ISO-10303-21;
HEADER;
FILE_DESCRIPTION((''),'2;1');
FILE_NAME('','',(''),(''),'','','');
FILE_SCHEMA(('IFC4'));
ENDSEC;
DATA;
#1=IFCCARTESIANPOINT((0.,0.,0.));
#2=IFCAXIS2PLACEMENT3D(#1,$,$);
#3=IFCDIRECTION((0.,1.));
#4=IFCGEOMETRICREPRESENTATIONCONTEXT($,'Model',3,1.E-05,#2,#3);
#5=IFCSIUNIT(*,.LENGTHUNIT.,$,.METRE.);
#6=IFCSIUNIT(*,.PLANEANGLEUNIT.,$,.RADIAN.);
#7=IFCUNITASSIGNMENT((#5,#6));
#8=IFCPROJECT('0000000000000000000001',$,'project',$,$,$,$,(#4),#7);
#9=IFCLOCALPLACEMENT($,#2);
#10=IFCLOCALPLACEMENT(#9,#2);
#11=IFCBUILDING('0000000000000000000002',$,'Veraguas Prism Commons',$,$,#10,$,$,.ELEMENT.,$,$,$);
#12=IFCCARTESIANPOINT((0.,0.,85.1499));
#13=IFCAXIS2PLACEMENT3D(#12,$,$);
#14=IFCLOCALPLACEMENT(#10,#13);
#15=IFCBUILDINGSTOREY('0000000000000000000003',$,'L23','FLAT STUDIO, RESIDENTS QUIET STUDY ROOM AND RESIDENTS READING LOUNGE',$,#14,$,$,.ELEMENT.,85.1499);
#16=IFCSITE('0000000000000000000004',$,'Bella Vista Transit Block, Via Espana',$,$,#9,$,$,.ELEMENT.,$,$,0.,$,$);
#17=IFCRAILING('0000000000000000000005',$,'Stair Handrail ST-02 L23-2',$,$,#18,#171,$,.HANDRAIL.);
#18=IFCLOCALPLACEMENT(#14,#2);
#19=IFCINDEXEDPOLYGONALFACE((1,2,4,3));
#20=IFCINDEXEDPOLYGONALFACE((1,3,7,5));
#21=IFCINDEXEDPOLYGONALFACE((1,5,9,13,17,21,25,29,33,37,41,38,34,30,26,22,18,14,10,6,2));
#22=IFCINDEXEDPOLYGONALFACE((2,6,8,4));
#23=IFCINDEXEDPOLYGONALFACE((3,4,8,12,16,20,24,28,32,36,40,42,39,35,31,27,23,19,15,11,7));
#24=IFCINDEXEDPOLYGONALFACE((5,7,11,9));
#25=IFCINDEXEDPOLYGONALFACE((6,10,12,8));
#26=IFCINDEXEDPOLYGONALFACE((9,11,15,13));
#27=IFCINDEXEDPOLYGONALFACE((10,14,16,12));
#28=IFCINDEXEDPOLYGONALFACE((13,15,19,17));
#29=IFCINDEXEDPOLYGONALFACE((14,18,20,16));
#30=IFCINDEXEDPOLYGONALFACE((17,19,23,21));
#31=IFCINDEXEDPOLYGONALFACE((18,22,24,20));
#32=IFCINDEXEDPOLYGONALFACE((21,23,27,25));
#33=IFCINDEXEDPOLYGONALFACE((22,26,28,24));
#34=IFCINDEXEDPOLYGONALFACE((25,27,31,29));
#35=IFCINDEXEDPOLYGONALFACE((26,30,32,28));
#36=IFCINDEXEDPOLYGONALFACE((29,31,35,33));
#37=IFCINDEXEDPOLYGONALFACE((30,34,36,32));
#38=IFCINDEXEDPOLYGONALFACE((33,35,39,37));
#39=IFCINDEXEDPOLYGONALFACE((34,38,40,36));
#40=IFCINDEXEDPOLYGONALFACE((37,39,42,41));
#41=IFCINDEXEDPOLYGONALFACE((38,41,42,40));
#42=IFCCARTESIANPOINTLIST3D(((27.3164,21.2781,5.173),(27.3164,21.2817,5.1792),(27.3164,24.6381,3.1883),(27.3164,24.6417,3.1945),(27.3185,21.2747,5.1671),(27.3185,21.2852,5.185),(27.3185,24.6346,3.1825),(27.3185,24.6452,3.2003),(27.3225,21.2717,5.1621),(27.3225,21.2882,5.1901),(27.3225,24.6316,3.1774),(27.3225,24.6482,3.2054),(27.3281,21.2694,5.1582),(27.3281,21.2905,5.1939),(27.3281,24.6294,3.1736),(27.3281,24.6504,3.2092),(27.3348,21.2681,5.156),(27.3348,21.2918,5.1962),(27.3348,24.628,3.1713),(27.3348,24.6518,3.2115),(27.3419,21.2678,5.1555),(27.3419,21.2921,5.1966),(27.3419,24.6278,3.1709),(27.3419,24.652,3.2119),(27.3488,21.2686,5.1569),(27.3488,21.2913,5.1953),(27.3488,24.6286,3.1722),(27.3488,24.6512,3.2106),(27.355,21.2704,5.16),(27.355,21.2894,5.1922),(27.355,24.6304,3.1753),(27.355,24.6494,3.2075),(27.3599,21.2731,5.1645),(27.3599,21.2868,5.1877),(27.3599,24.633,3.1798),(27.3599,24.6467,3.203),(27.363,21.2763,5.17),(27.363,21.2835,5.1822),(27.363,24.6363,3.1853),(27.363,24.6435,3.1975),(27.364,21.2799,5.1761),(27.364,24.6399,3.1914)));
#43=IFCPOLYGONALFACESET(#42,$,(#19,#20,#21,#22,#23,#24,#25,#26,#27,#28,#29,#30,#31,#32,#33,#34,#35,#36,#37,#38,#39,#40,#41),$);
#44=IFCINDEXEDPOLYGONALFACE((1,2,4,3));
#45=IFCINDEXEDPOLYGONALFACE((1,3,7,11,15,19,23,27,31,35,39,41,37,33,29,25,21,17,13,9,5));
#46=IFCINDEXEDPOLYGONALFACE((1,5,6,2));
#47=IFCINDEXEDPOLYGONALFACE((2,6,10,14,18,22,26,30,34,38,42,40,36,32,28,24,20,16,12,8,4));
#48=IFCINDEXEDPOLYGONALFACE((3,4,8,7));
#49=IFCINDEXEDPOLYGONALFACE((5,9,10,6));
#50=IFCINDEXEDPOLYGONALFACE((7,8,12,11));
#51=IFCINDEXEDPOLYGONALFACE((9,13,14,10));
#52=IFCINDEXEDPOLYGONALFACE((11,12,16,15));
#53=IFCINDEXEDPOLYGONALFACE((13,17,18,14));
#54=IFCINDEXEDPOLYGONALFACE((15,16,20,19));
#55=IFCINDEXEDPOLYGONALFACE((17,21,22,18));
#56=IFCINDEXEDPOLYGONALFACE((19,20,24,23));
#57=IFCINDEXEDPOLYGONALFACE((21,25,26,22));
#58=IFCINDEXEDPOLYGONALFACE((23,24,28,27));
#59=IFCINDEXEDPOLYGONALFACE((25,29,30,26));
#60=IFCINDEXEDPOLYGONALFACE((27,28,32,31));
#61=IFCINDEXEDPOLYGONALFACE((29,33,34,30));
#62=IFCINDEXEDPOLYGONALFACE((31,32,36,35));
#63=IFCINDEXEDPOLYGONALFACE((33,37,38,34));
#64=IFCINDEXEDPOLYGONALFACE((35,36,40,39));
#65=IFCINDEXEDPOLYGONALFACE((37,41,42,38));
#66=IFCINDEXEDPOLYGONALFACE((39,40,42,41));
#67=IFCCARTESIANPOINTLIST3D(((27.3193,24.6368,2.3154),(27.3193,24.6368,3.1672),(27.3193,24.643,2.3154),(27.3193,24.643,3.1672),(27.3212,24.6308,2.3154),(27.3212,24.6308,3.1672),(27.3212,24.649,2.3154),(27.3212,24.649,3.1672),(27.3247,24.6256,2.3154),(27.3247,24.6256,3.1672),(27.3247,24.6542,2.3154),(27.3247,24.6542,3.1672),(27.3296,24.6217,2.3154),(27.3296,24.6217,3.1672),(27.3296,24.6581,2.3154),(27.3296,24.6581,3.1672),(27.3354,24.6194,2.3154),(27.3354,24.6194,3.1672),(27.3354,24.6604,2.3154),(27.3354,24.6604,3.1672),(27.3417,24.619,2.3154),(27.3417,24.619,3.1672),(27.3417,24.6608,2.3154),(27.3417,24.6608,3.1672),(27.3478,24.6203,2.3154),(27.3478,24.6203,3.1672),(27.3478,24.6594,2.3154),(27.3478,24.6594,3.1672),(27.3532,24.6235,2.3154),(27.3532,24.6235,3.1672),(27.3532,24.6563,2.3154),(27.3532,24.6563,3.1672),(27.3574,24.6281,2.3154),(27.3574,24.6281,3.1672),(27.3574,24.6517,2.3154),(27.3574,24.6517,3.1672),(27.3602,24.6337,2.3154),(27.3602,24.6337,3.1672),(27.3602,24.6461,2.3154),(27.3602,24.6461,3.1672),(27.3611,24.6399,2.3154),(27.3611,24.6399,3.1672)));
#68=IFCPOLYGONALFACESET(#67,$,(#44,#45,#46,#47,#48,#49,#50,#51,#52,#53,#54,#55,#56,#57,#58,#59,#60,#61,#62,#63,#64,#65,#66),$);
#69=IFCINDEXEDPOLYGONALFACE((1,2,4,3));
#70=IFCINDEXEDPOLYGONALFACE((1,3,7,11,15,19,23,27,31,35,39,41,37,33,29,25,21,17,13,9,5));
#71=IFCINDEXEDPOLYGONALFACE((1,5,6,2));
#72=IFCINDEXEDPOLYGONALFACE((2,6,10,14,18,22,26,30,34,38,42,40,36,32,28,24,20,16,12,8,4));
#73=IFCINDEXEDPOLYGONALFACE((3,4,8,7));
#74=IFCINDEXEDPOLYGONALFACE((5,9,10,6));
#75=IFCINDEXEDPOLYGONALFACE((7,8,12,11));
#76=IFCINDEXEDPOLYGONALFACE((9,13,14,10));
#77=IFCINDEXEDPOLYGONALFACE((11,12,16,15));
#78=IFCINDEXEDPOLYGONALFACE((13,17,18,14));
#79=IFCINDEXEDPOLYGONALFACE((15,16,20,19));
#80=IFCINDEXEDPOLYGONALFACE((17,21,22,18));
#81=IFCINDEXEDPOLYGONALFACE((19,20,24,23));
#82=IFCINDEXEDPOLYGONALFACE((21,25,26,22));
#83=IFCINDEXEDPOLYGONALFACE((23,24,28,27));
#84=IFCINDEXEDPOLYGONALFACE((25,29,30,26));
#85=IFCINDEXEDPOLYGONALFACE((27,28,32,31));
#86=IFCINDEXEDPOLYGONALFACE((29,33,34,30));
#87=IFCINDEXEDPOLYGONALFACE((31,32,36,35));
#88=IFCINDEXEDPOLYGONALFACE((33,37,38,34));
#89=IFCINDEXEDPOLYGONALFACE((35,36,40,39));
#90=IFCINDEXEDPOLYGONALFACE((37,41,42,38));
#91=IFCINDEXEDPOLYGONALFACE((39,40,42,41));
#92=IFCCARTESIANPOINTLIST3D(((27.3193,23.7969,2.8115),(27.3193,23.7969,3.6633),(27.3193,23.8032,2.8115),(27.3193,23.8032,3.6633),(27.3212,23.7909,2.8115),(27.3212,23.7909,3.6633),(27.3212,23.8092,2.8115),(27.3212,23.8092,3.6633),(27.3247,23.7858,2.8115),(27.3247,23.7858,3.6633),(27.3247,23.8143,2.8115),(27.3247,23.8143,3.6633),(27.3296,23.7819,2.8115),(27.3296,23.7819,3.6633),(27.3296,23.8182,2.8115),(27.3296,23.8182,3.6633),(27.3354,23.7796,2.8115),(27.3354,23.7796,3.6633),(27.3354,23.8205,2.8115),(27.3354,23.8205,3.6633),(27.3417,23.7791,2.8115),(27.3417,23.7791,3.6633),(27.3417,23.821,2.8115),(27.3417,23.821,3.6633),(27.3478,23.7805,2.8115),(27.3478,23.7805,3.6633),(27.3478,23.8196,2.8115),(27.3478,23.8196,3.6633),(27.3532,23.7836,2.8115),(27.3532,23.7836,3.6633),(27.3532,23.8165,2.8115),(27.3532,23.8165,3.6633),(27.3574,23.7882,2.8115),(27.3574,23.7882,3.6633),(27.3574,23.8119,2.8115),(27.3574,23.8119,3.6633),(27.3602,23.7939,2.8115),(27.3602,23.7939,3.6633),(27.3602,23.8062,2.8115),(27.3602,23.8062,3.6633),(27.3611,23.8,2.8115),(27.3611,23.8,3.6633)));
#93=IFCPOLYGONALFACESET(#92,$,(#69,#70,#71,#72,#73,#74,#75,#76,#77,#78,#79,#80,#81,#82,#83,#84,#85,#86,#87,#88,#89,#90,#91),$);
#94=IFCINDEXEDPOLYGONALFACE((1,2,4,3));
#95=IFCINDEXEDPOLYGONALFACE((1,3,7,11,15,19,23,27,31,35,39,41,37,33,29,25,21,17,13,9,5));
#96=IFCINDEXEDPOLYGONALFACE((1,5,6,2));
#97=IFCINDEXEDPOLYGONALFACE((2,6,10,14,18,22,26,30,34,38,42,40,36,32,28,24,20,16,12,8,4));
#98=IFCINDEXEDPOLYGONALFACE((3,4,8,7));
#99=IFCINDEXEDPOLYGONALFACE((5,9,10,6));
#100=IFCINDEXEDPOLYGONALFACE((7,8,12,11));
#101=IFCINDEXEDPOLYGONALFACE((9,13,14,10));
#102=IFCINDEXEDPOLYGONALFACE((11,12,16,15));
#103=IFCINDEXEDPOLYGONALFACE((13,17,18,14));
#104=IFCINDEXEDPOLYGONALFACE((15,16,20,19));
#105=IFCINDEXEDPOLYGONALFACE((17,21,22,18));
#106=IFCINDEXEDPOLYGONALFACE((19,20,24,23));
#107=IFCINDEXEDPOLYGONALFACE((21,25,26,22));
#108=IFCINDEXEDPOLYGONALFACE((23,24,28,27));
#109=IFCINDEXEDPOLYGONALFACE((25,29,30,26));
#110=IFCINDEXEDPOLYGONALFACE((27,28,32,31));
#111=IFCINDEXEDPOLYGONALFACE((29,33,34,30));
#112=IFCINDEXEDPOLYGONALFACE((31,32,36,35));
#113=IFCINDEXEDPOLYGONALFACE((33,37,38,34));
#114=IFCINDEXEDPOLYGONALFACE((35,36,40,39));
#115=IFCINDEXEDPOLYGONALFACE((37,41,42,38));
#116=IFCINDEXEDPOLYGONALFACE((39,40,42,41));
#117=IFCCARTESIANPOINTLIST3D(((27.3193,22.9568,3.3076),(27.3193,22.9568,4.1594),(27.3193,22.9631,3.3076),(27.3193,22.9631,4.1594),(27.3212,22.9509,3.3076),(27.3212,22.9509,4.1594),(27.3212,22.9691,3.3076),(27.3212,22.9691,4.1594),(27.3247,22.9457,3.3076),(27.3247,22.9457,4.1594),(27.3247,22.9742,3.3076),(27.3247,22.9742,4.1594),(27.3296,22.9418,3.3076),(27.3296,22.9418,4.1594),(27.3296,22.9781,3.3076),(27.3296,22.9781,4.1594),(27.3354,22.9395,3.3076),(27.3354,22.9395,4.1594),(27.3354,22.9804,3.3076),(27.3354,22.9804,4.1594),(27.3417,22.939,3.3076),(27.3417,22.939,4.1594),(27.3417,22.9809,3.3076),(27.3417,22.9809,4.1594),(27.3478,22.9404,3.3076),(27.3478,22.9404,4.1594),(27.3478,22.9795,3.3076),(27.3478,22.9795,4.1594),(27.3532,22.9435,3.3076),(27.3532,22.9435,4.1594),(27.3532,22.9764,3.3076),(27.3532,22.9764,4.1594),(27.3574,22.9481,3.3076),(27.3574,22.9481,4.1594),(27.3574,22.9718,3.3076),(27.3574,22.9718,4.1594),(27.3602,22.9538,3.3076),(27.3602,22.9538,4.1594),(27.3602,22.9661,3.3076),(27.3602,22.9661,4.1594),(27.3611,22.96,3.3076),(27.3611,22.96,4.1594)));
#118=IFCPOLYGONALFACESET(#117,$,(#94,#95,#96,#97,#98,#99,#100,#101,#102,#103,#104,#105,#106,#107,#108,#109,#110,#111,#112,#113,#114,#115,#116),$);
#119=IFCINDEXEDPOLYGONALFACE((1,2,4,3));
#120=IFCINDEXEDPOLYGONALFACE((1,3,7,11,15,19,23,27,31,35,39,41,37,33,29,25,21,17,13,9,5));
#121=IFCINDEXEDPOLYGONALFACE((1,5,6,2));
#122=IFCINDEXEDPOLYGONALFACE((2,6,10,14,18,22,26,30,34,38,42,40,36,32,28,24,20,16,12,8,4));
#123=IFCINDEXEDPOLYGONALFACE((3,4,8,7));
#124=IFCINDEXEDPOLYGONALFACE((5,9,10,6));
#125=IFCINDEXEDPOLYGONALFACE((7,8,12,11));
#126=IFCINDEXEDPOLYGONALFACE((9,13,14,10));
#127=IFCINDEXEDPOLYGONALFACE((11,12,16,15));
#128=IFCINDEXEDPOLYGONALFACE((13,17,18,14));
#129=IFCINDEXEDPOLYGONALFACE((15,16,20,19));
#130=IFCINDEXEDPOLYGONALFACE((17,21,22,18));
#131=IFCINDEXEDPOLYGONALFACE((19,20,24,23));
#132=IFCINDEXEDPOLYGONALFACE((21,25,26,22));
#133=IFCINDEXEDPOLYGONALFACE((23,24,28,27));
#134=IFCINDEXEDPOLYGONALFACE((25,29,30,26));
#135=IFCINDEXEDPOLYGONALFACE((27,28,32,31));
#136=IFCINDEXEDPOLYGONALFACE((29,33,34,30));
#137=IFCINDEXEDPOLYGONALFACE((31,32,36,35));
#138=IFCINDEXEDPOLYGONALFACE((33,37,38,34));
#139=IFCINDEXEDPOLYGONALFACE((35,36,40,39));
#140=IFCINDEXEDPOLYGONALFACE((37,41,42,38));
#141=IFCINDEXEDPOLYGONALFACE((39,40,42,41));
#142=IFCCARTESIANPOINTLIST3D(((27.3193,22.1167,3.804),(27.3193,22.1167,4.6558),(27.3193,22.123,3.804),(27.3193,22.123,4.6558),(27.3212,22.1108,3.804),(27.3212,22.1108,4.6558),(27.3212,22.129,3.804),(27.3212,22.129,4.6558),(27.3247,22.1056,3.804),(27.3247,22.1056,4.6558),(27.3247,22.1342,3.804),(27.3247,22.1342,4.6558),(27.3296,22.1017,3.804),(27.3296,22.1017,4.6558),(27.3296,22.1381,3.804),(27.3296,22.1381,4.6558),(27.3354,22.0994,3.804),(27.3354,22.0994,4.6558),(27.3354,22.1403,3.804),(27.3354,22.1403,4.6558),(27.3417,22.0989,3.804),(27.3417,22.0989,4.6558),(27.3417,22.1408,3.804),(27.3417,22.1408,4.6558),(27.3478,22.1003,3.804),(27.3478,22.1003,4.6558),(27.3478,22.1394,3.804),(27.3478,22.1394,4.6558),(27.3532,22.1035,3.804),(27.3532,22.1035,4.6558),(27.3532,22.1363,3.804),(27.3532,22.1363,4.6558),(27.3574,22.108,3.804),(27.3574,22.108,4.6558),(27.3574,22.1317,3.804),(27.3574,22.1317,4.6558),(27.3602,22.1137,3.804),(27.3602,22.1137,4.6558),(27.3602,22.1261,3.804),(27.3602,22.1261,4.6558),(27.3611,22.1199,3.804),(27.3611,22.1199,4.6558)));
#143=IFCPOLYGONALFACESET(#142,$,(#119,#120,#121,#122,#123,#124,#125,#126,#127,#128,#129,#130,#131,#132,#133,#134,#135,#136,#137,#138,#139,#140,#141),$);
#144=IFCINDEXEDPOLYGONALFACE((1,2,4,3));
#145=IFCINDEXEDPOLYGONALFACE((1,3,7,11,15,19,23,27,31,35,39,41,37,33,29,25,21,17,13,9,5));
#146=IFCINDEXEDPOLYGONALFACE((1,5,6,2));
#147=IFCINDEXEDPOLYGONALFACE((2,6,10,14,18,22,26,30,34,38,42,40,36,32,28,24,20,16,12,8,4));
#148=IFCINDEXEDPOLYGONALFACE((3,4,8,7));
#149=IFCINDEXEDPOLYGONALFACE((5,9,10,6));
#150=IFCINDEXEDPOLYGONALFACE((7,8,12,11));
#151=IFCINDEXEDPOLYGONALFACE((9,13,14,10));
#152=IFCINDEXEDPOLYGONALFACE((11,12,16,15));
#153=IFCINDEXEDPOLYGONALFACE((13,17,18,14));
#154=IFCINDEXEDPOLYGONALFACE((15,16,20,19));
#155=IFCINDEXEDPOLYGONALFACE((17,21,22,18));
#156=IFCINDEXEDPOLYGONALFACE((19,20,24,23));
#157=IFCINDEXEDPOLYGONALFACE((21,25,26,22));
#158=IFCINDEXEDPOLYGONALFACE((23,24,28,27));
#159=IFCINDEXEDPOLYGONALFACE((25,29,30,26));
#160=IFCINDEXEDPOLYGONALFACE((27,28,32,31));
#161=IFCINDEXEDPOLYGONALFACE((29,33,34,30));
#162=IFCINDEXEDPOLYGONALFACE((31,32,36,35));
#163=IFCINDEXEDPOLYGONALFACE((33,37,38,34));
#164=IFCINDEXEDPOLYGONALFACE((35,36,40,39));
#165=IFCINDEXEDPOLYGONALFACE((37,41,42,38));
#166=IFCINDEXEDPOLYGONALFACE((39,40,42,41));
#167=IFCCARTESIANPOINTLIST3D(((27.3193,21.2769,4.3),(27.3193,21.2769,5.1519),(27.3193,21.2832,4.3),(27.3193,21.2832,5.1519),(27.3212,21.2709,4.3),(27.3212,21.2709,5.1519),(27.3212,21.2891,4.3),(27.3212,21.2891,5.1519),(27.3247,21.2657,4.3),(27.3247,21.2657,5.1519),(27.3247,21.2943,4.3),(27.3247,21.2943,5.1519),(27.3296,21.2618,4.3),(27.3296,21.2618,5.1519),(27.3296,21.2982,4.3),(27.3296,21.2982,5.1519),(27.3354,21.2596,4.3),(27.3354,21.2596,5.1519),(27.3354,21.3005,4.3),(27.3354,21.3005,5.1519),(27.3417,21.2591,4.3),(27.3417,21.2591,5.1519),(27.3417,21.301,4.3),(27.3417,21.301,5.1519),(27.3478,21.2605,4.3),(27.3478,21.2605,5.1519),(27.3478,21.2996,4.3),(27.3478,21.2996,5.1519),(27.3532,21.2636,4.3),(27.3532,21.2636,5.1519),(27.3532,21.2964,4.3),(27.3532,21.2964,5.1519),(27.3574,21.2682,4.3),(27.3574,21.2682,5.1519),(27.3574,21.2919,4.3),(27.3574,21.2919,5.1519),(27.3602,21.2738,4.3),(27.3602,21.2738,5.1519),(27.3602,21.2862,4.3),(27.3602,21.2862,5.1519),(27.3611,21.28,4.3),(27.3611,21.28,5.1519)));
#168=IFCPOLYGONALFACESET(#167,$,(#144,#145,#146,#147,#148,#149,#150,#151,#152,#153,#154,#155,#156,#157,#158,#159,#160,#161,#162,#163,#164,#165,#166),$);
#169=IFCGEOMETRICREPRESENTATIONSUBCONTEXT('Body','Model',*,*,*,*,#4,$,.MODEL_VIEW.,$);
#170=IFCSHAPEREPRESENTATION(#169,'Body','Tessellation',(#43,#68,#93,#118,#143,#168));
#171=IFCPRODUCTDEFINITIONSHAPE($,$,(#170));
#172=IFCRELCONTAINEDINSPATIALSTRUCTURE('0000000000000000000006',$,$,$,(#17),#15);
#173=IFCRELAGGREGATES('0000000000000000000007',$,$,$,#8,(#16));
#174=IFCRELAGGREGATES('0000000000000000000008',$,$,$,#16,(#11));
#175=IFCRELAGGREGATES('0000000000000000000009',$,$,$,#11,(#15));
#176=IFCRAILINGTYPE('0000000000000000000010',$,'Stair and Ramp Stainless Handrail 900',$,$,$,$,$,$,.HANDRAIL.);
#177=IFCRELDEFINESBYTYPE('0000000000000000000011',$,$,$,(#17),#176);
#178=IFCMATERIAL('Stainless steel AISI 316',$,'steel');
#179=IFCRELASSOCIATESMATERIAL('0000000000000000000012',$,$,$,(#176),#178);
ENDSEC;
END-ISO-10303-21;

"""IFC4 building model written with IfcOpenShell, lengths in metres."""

from ifc_helpers import new_model, si_unit, direction, frame, origin, origin_2d, place, context, subcontext, project, spatial, circle, extrude, material, type_object, element, save


model = new_model("IFC4")

# Units and contexts
model_context = context("Model", 3, precision=1e-05, world=origin(), true_north=direction((0.0, 1.0)))
body_context = subcontext(model_context, "Body", "Model", "MODEL_VIEW")
ifc_project = project(units=[si_unit("LENGTHUNIT", "METRE"), si_unit("PLANEANGLEUNIT", "RADIAN")], contexts=[model_context])

# Site, building, storey
site_placement = place(None, origin())
site = spatial("IfcSite", under=ifc_project, at=site_placement, Name="Bella Vista Transit Block, Via Espana", CompositionType="ELEMENT", RefElevation=0.0)
building_placement = place(site_placement, origin())
building = spatial("IfcBuilding", under=site, at=building_placement, Name="Veraguas Prism Commons", CompositionType="ELEMENT")
storey_placement = place(building_placement, frame((0.0, 0.0, 85.1499)))
storey = spatial("IfcBuildingStorey", under=building, at=storey_placement, Name="L23", Description="FLAT STUDIO, RESIDENTS QUIET STUDY ROOM AND RESIDENTS READING LOUNGE", CompositionType="ELEMENT", Elevation=85.1499)

# Shared definitions
ifc_material_1 = material(Name="Stainless steel AISI 316", Category="steel")

# Railing
railing_type_1 = type_object("IfcRailingType", Name="Stair and Ramp Stainless Handrail 900", PredefinedType="HANDRAIL", material=ifc_material_1)
railing_1_placement = place(storey_placement, frame((27.3401, 24.6399, 2.3154)))
element("IfcRailing", 1, at=railing_1_placement, inside=storey, type_object=railing_type_1, Name="Stair Handrail ST-02 L23-2", PredefinedType="HANDRAIL", context=body_context, shape_type="SweptSolid", body=[
    extrude(circle(Radius=0.0239, at=origin_2d()), frame((0.0, 0.0, 0.876), z_axis=(0.0, -0.861011, 0.508586), x_axis=(1.0, 0.0, 0.0)), (0.0, 0.0, 1.0), 3.9023),
    extrude(circle(Radius=0.021, at=origin_2d()), origin(), (0.0, 0.0, 1.0), 0.8518),
    extrude(circle(Radius=0.021, at=origin_2d()), frame((0.0, -0.8398, 0.4961)), (0.0, 0.0, 1.0), 0.8518),
    extrude(circle(Radius=0.021, at=origin_2d()), frame((0.0, -1.6799, 0.9922)), (0.0, 0.0, 1.0), 0.8518),
    extrude(circle(Radius=0.021, at=origin_2d()), frame((0.0, -2.52, 1.4885)), (0.0, 0.0, 1.0), 0.8518),
    extrude(circle(Radius=0.021, at=origin_2d()), frame((0.0, -3.3599, 1.9846)), (0.0, 0.0, 1.0), 0.8518),
])

save(model, "model.ifc")
